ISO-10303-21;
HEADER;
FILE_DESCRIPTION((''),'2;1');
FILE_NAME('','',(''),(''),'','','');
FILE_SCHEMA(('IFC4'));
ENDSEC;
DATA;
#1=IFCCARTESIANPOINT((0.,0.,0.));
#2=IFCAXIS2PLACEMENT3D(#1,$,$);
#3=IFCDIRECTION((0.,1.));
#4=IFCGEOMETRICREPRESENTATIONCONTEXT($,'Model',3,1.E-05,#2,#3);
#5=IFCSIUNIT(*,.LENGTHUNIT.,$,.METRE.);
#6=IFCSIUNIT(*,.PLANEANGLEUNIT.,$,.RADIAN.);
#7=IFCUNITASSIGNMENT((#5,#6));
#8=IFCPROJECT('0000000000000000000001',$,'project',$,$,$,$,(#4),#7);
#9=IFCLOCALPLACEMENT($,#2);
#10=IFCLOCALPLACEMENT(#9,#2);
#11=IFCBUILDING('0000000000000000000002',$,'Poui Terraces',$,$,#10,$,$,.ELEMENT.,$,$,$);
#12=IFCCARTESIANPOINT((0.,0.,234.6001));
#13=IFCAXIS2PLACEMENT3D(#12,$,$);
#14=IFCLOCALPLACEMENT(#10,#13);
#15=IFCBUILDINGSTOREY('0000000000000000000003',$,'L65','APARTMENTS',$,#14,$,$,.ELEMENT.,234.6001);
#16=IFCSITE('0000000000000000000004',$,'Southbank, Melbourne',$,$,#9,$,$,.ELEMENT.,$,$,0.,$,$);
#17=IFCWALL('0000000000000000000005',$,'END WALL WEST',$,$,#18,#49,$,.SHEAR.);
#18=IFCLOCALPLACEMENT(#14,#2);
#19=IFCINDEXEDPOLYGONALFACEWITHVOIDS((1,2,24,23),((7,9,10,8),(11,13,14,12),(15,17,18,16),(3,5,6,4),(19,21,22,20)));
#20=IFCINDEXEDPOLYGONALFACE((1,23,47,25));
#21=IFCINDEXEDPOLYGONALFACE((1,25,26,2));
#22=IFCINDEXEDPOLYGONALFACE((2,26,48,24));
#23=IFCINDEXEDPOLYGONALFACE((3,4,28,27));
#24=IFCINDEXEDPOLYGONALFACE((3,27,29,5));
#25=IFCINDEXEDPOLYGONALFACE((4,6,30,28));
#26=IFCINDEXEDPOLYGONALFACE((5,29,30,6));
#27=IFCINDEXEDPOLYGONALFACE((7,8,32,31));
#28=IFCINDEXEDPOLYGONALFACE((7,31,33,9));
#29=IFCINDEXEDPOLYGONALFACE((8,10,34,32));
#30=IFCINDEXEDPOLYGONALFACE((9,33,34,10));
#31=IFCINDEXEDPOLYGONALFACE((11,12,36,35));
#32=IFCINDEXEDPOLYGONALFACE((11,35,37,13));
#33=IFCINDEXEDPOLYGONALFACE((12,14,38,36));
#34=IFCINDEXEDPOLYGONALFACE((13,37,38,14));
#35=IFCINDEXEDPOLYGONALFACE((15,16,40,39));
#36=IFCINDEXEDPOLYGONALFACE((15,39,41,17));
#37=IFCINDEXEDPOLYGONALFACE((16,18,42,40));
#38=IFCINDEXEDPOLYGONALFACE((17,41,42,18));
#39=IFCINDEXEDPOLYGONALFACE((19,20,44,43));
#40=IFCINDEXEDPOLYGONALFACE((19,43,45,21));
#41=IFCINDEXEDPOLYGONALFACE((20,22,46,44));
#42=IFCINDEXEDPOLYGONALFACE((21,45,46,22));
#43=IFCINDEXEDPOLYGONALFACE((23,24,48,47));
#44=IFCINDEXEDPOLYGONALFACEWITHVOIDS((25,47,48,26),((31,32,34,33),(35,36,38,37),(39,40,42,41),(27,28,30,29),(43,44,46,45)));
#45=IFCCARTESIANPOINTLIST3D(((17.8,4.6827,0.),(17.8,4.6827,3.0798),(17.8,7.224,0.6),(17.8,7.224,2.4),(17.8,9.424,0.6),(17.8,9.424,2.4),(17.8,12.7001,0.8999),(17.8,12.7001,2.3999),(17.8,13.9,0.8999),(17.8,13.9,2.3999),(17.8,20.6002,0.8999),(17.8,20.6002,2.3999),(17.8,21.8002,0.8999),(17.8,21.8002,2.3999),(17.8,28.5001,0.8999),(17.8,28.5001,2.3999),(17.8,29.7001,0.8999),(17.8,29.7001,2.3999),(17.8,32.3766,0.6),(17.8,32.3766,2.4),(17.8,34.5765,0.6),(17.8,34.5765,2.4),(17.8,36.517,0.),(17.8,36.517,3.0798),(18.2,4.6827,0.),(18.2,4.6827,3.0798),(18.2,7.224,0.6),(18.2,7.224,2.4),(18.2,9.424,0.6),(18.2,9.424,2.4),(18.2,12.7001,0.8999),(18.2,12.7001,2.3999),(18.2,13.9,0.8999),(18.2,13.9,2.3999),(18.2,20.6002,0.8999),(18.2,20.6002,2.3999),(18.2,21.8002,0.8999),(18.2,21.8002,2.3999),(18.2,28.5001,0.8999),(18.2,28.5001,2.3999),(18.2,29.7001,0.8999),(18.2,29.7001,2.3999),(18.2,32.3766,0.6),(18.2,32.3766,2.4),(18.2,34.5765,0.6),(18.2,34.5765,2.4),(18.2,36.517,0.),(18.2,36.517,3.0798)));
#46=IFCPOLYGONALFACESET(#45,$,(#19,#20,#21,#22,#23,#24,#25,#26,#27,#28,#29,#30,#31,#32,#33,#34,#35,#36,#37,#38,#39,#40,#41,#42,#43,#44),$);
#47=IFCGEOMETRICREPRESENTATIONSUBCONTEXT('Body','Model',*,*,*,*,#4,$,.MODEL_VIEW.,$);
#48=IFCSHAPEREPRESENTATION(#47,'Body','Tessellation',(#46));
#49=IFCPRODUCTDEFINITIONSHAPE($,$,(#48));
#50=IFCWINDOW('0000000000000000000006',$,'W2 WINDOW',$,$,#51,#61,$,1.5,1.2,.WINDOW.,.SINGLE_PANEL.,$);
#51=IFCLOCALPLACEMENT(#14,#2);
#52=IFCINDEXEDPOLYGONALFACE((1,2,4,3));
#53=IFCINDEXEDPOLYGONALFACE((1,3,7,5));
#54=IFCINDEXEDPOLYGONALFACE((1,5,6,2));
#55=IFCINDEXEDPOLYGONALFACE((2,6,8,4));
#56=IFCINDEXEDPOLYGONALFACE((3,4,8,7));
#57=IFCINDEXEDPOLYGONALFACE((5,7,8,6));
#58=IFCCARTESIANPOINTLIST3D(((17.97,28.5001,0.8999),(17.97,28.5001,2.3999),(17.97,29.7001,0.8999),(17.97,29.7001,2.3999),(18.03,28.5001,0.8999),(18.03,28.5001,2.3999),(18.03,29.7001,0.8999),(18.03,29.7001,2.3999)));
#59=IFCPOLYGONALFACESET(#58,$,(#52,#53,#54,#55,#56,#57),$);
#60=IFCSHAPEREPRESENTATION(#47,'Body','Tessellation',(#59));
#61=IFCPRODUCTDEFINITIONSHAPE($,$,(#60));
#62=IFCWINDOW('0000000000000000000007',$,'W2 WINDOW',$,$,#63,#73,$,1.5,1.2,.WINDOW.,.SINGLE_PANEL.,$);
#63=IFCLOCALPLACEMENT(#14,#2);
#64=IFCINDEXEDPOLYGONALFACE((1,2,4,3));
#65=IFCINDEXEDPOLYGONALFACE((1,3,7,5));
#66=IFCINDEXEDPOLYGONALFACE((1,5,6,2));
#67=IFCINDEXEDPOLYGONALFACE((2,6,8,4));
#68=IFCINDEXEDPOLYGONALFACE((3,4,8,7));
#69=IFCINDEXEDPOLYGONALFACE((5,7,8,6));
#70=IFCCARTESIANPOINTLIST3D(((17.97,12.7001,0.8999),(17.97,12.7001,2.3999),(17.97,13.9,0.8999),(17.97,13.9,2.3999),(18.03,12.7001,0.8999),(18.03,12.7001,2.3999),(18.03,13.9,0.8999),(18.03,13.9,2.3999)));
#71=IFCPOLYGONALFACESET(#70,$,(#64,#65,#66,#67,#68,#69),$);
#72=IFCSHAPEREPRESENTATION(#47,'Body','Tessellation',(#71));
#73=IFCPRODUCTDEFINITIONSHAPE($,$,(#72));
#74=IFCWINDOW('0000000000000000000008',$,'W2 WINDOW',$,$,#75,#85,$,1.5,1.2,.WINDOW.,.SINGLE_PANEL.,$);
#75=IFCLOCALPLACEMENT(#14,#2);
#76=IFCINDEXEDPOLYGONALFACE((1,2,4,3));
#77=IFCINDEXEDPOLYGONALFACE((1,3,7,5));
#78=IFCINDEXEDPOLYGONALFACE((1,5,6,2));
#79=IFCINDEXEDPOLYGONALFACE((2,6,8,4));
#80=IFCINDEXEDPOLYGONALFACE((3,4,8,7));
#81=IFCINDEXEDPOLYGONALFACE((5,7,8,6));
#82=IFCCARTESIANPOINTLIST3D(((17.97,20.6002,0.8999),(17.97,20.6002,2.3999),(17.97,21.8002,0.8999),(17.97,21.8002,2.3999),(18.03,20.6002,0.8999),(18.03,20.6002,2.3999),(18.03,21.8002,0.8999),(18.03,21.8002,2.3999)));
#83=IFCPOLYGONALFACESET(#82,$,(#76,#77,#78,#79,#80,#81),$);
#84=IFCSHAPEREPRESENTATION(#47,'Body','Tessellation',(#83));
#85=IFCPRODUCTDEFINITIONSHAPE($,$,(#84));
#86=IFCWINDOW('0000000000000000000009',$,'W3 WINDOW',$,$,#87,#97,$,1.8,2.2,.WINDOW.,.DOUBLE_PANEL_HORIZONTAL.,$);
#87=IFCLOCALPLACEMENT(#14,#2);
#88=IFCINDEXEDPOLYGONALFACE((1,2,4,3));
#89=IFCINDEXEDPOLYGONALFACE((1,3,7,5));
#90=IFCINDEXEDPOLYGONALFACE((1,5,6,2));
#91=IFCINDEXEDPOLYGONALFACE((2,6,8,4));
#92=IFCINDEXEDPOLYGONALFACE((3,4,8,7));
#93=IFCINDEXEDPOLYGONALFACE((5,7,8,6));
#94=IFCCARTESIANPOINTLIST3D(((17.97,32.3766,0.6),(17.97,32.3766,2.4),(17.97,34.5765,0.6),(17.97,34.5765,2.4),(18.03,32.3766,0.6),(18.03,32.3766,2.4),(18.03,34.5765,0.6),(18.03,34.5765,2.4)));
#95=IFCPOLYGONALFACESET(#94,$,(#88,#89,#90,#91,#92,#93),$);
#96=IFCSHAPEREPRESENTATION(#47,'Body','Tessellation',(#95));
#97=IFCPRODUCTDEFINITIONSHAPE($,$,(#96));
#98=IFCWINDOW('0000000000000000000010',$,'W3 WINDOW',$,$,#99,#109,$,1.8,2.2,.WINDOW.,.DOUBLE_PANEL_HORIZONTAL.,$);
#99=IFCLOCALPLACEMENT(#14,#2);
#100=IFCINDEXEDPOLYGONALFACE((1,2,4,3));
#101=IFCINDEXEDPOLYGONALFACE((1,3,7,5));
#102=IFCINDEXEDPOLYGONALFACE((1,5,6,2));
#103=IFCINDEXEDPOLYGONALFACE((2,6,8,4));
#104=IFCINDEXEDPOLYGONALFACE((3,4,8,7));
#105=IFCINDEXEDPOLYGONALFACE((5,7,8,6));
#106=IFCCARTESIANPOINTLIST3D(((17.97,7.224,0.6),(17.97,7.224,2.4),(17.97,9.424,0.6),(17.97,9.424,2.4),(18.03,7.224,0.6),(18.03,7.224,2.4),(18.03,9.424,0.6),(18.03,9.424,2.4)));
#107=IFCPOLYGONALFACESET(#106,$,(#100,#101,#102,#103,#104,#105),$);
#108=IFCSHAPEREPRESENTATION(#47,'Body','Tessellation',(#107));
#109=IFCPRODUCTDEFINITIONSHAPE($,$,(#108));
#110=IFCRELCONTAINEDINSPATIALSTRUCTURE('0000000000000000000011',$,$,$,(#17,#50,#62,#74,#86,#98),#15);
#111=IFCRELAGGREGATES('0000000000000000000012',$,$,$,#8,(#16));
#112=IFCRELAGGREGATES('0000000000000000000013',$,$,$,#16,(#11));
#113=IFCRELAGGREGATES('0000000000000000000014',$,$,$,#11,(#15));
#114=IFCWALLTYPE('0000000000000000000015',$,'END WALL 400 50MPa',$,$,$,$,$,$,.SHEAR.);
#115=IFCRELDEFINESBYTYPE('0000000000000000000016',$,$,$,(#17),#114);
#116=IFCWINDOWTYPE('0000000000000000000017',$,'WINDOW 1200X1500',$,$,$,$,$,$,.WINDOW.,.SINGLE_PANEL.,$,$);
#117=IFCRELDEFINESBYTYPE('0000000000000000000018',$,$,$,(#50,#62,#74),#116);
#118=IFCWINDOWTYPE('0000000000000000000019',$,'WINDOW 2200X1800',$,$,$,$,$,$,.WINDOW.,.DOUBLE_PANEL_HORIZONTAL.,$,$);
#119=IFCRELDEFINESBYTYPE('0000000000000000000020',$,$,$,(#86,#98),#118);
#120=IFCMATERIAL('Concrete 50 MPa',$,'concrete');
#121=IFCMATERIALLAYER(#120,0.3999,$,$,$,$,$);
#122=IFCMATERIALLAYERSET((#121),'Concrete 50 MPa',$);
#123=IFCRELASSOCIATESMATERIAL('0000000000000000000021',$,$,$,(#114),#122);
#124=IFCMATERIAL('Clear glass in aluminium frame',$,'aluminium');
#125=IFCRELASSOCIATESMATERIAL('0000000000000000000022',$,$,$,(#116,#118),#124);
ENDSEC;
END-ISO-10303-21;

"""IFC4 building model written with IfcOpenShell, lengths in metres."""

from ifc_helpers import new_model, si_unit, direction, frame, frame_2d, origin, place, context, subcontext, project, spatial, rectangle, extrude, material, layer, layer_set, type_object, element, fill, save


model = new_model("IFC4")

# Units and contexts
model_context = context("Model", 3, precision=1e-05, world=origin(), true_north=direction((0.0, 1.0)))
body_context = subcontext(model_context, "Body", "Model", "MODEL_VIEW")
ifc_project = project(units=[si_unit("LENGTHUNIT", "METRE"), si_unit("PLANEANGLEUNIT", "RADIAN")], contexts=[model_context])

# Site, building, storey
site_placement = place(None, origin())
site = spatial("IfcSite", under=ifc_project, at=site_placement, Name="Southbank, Melbourne", CompositionType="ELEMENT", RefElevation=0.0)
building_placement = place(site_placement, origin())
building = spatial("IfcBuilding", under=site, at=building_placement, Name="Poui Terraces", CompositionType="ELEMENT")
storey_placement = place(building_placement, frame((0.0, 0.0, 234.6001)))
storey = spatial("IfcBuildingStorey", under=building, at=storey_placement, Name="L65", Description="APARTMENTS", CompositionType="ELEMENT", Elevation=234.6001)

# Shared definitions
ifc_material_1 = material(Name="Concrete 50 MPa", Category="concrete")

# Wall, openings, windows
ifc_layer_1 = layer(ifc_material_1, 0.3999)
ifc_layer_set_1 = layer_set([ifc_layer_1], Name="Concrete 50 MPa")
wall_type_1 = type_object("IfcWallType", Name="END WALL 400 50MPa", PredefinedType="SHEAR", material=ifc_layer_set_1)
wall_1_placement = place(storey_placement, frame((18.0, 4.6829, 0.0), z_axis=(0.0, 0.0, 1.0), x_axis=(0.0, 1.0, 0.0)))
wall_1 = element("IfcWall", 1, at=wall_1_placement, inside=storey, type_object=wall_type_1, Name="END WALL WEST", PredefinedType="SHEAR", context=body_context, shape_type="SweptSolid", body=[
    extrude(rectangle(XDim=31.8342, YDim=0.3999, at=frame_2d((15.917, 0.0))), origin(), (0.0, 0.0, 1.0), 3.0798),
])
opening_1_placement = place(wall_1_placement, frame((23.8171, 0.0, 0.8999)))
opening_1 = element("IfcOpeningElement", 2, at=opening_1_placement, cuts=wall_1, PredefinedType="OPENING", context=body_context, shape_type="SweptSolid", body=[
    extrude(rectangle(XDim=1.2, YDim=1.5, at=frame_2d((0.6001, 0.75))), frame((0.0, 0.21, 0.0), z_axis=(0.0, -1.0, 0.0), x_axis=(1.0, 0.0, 0.0)), (0.0, 0.0, 1.0), 0.4199),
])
opening_2_placement = place(wall_1_placement, frame((8.0171, 0.0, 0.8999)))
opening_2 = element("IfcOpeningElement", 3, at=opening_2_placement, cuts=wall_1, PredefinedType="OPENING", context=body_context, shape_type="SweptSolid", body=[
    extrude(rectangle(XDim=1.2, YDim=1.5, at=frame_2d((0.6001, 0.75))), frame((0.0, 0.21, 0.0), z_axis=(0.0, -1.0, 0.0), x_axis=(1.0, 0.0, 0.0)), (0.0, 0.0, 1.0), 0.4199),
])
opening_3_placement = place(wall_1_placement, frame((27.6936, 0.0, 0.6001)))
opening_3 = element("IfcOpeningElement", 4, at=opening_3_placement, cuts=wall_1, PredefinedType="OPENING", context=body_context, shape_type="SweptSolid", body=[
    extrude(rectangle(XDim=2.2, YDim=1.8, at=frame_2d((1.1001, 0.8999))), frame((0.0, 0.21, 0.0), z_axis=(0.0, -1.0, 0.0), x_axis=(1.0, 0.0, 0.0)), (0.0, 0.0, 1.0), 0.4199),
])
opening_4_placement = place(wall_1_placement, frame((2.541, 0.0, 0.6001)))
opening_4 = element("IfcOpeningElement", 5, at=opening_4_placement, cuts=wall_1, PredefinedType="OPENING", context=body_context, shape_type="SweptSolid", body=[
    extrude(rectangle(XDim=2.2, YDim=1.8, at=frame_2d((1.1001, 0.8999))), frame((0.0, 0.21, 0.0), z_axis=(0.0, -1.0, 0.0), x_axis=(1.0, 0.0, 0.0)), (0.0, 0.0, 1.0), 0.4199),
])
opening_5_placement = place(wall_1_placement, frame((15.9172, 0.0, 0.8999)))
opening_5 = element("IfcOpeningElement", 6, at=opening_5_placement, cuts=wall_1, PredefinedType="OPENING", context=body_context, shape_type="SweptSolid", body=[
    extrude(rectangle(XDim=1.2, YDim=1.5, at=frame_2d((0.6001, 0.75))), frame((0.0, 0.21, 0.0), z_axis=(0.0, -1.0, 0.0), x_axis=(1.0, 0.0, 0.0)), (0.0, 0.0, 1.0), 0.4199),
])
ifc_material_2 = material(Name="Clear glass in aluminium frame", Category="aluminium")
window_type_1 = type_object("IfcWindowType", Name="WINDOW 1200X1500", PartitioningType="SINGLE_PANEL", PredefinedType="WINDOW", material=ifc_material_2)
window_1_placement = place(opening_1_placement, origin())
window_1 = element("IfcWindow", 7, at=window_1_placement, inside=storey, type_object=window_type_1, Name="W2 WINDOW", OverallHeight=1.5, OverallWidth=1.2, PartitioningType="SINGLE_PANEL", PredefinedType="WINDOW", context=body_context, shape_type="SweptSolid", body=[
    extrude(rectangle(XDim=1.2, YDim=1.5, at=frame_2d((0.6001, 0.75))), frame((0.0, 0.03, 0.0), z_axis=(0.0, -1.0, 0.0), x_axis=(1.0, 0.0, 0.0)), (0.0, 0.0, 1.0), 0.0601),
])
fill(opening_1, window_1)
window_2_placement = place(opening_2_placement, origin())
window_2 = element("IfcWindow", 8, at=window_2_placement, inside=storey, type_object=window_type_1, Name="W2 WINDOW", OverallHeight=1.5, OverallWidth=1.2, PartitioningType="SINGLE_PANEL", PredefinedType="WINDOW", context=body_context, shape_type="SweptSolid", body=[
    extrude(rectangle(XDim=1.2, YDim=1.5, at=frame_2d((0.6001, 0.75))), frame((0.0, 0.03, 0.0), z_axis=(0.0, -1.0, 0.0), x_axis=(1.0, 0.0, 0.0)), (0.0, 0.0, 1.0), 0.0601),
])
fill(opening_2, window_2)
window_3_placement = place(opening_5_placement, origin())
window_3 = element("IfcWindow", 9, at=window_3_placement, inside=storey, type_object=window_type_1, Name="W2 WINDOW", OverallHeight=1.5, OverallWidth=1.2, PartitioningType="SINGLE_PANEL", PredefinedType="WINDOW", context=body_context, shape_type="SweptSolid", body=[
    extrude(rectangle(XDim=1.2, YDim=1.5, at=frame_2d((0.6001, 0.75))), frame((0.0, 0.03, 0.0), z_axis=(0.0, -1.0, 0.0), x_axis=(1.0, 0.0, 0.0)), (0.0, 0.0, 1.0), 0.0601),
])
fill(opening_5, window_3)
window_type_2 = type_object("IfcWindowType", Name="WINDOW 2200X1800", PartitioningType="DOUBLE_PANEL_HORIZONTAL", PredefinedType="WINDOW", material=ifc_material_2)
window_4_placement = place(opening_3_placement, origin())
window_4 = element("IfcWindow", 10, at=window_4_placement, inside=storey, type_object=window_type_2, Name="W3 WINDOW", OverallHeight=1.8, OverallWidth=2.2, PartitioningType="DOUBLE_PANEL_HORIZONTAL", PredefinedType="WINDOW", context=body_context, shape_type="SweptSolid", body=[
    extrude(rectangle(XDim=2.2, YDim=1.8, at=frame_2d((1.1001, 0.8999))), frame((0.0, 0.03, 0.0), z_axis=(0.0, -1.0, 0.0), x_axis=(1.0, 0.0, 0.0)), (0.0, 0.0, 1.0), 0.0601),
])
fill(opening_3, window_4)
window_5_placement = place(opening_4_placement, origin())
window_5 = element("IfcWindow", 11, at=window_5_placement, inside=storey, type_object=window_type_2, Name="W3 WINDOW", OverallHeight=1.8, OverallWidth=2.2, PartitioningType="DOUBLE_PANEL_HORIZONTAL", PredefinedType="WINDOW", context=body_context, shape_type="SweptSolid", body=[
    extrude(rectangle(XDim=2.2, YDim=1.8, at=frame_2d((1.1001, 0.8999))), frame((0.0, 0.03, 0.0), z_axis=(0.0, -1.0, 0.0), x_axis=(1.0, 0.0, 0.0)), (0.0, 0.0, 1.0), 0.0601),
])
fill(opening_4, window_5)

save(model, "model.ifc")
